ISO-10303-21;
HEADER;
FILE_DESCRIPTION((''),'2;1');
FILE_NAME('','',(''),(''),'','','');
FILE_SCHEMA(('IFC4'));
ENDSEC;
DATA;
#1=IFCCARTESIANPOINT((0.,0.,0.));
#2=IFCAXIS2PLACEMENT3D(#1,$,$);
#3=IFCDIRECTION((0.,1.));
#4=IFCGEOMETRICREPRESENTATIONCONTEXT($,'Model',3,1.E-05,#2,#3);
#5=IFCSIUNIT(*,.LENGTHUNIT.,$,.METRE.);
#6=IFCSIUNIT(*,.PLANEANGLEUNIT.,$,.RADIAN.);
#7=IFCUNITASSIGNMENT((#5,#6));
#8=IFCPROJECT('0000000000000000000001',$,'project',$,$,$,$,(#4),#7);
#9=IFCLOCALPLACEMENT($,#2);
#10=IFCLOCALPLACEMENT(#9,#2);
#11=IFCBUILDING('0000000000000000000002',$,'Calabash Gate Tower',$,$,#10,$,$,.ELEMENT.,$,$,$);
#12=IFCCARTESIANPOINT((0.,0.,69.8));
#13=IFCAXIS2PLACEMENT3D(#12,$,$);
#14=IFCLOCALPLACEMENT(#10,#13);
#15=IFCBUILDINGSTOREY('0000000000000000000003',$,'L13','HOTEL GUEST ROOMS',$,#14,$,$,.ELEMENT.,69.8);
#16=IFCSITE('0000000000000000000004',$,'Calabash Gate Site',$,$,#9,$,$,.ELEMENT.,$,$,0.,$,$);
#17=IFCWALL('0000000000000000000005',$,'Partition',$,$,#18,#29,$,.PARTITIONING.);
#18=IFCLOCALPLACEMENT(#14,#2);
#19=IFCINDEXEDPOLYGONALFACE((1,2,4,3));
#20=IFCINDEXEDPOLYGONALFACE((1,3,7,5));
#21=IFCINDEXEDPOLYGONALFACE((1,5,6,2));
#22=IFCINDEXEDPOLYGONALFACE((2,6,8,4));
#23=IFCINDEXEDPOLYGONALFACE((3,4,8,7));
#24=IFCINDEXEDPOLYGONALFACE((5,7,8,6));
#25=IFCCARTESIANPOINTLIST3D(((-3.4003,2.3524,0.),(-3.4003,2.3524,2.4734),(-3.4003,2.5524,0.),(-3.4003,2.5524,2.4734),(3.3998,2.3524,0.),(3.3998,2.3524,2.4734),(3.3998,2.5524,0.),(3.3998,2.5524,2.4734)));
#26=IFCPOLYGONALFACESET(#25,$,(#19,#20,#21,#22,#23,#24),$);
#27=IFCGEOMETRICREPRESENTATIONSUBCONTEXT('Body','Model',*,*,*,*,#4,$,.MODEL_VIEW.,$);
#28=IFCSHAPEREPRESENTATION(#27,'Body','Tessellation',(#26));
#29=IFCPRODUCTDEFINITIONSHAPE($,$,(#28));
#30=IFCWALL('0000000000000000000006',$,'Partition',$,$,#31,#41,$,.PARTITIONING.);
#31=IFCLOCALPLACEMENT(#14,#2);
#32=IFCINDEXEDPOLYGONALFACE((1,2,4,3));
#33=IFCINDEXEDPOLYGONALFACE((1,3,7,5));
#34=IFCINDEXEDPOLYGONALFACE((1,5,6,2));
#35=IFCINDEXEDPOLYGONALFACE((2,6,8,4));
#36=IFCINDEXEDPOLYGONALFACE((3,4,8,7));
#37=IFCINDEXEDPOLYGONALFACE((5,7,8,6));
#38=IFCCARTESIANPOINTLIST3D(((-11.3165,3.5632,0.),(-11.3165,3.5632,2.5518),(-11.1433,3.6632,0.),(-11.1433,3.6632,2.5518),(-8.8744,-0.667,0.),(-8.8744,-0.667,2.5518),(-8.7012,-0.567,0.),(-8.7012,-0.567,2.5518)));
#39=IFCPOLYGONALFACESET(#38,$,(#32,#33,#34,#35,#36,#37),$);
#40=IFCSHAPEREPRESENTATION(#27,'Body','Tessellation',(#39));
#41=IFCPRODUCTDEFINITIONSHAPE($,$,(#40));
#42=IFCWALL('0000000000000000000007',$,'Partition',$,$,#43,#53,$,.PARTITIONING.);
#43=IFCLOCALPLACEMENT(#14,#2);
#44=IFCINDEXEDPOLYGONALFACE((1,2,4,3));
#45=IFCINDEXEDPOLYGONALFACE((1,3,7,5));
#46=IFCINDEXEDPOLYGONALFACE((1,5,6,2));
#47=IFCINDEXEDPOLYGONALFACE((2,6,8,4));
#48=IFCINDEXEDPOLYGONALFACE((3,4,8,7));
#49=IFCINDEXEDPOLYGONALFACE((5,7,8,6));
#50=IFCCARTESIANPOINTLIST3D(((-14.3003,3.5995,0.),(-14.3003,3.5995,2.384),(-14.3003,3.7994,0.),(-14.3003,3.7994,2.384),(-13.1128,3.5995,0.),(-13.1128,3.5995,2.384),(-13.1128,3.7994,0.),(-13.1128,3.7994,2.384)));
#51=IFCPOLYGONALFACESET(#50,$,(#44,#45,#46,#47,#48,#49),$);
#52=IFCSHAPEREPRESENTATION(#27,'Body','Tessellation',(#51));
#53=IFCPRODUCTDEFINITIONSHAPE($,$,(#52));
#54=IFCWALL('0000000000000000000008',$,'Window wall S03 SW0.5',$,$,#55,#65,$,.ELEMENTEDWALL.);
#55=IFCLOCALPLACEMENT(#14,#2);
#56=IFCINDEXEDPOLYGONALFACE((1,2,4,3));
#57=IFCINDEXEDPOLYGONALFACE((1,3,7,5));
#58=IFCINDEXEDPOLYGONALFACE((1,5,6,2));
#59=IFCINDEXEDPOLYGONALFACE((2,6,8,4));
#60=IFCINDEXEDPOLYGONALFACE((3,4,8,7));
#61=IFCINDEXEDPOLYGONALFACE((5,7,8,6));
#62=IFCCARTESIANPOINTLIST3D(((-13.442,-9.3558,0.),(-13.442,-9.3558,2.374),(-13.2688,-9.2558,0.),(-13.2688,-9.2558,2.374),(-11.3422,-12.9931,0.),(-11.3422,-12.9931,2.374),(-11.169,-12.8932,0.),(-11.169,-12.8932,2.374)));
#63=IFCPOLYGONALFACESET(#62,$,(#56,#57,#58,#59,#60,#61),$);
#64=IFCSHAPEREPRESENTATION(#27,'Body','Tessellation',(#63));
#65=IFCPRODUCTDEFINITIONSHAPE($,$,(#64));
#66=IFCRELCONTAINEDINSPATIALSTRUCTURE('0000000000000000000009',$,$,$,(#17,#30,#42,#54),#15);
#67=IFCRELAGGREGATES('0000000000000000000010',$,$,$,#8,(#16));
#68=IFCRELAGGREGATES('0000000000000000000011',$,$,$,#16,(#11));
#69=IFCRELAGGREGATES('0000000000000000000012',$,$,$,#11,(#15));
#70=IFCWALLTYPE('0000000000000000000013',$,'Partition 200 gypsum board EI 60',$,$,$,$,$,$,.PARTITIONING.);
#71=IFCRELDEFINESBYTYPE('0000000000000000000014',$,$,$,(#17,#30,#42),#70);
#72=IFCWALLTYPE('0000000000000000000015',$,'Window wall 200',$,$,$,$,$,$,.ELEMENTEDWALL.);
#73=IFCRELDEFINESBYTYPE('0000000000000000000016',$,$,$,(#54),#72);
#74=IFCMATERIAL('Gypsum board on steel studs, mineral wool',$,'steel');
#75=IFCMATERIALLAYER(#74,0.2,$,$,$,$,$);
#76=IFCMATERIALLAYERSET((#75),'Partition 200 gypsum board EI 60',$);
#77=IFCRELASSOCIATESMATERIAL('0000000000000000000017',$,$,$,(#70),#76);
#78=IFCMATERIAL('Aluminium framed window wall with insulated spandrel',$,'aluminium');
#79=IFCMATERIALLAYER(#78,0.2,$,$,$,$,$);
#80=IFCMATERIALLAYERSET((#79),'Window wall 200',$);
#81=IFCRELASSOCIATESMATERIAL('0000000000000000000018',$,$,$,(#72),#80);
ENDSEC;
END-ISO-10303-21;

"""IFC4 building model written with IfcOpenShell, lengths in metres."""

from ifc_helpers import new_model, si_unit, direction, frame, frame_2d, origin, place, context, subcontext, project, spatial, rectangle, extrude, material, layer, layer_set, type_object, element, save


model = new_model("IFC4")

# Units and contexts
model_context = context("Model", 3, precision=1e-05, world=origin(), true_north=direction((0.0, 1.0)))
body_context = subcontext(model_context, "Body", "Model", "MODEL_VIEW")
ifc_project = project(units=[si_unit("LENGTHUNIT", "METRE"), si_unit("PLANEANGLEUNIT", "RADIAN")], contexts=[model_context])

# Site, building, storey
site_placement = place(None, origin())
site = spatial("IfcSite", under=ifc_project, at=site_placement, Name="Calabash Gate Site", CompositionType="ELEMENT", RefElevation=0.0)
building_placement = place(site_placement, origin())
building = spatial("IfcBuilding", under=site, at=building_placement, Name="Calabash Gate Tower", CompositionType="ELEMENT")
storey_placement = place(building_placement, frame((0.0, 0.0, 69.8)))
storey = spatial("IfcBuildingStorey", under=building, at=storey_placement, Name="L13", Description="HOTEL GUEST ROOMS", CompositionType="ELEMENT", Elevation=69.8)

# Shared definitions
ifc_material_1 = material(Name="Gypsum board on steel studs, mineral wool", Category="steel")
ifc_layer_1 = layer(ifc_material_1, 0.2)
ifc_layer_set_1 = layer_set([ifc_layer_1], Name="Partition 200 gypsum board EI 60")
wall_type_1 = type_object("IfcWallType", Name="Partition 200 gypsum board EI 60", PredefinedType="PARTITIONING", material=ifc_layer_set_1)

# Walls
wall_1_placement = place(storey_placement, frame((-3.4001, 2.4524, 0.0), z_axis=(0.0, 0.0, 1.0), x_axis=(1.0, 0.0, 0.0)))
element("IfcWall", 1, at=wall_1_placement, inside=storey, type_object=wall_type_1, Name="Partition", PredefinedType="PARTITIONING", context=body_context, shape_type="SweptSolid", body=[
    extrude(rectangle(XDim=6.8, YDim=0.2, at=frame_2d((3.3999, 0.0))), origin(), (0.0, 0.0, 1.0), 2.4734),
])
wall_2_placement = place(storey_placement, frame((-11.23, 3.6133, 0.0), z_axis=(0.0, 0.0, 1.0), x_axis=(0.499972, -0.866042, 0.0)))
element("IfcWall", 2, at=wall_2_placement, inside=storey, type_object=wall_type_1, Name="Partition", PredefinedType="PARTITIONING", context=body_context, shape_type="SweptSolid", body=[
    extrude(rectangle(XDim=4.8845, YDim=0.2, at=frame_2d((2.4424, 0.0))), origin(), (0.0, 0.0, 1.0), 2.5518),
])
wall_3_placement = place(storey_placement, frame((-14.3003, 3.6995, 0.0), z_axis=(0.0, 0.0, 1.0), x_axis=(1.0, 0.0, 0.0)))
element("IfcWall", 3, at=wall_3_placement, inside=storey, type_object=wall_type_1, Name="Partition", PredefinedType="PARTITIONING", context=body_context, shape_type="SweptSolid", body=[
    extrude(rectangle(XDim=1.1875, YDim=0.2, at=frame_2d((0.5938, 0.0))), origin(), (0.0, 0.0, 1.0), 2.384),
])
ifc_material_2 = material(Name="Aluminium framed window wall with insulated spandrel", Category="aluminium")
ifc_layer_2 = layer(ifc_material_2, 0.2)
ifc_layer_set_2 = layer_set([ifc_layer_2], Name="Window wall 200")
wall_type_2 = type_object("IfcWallType", Name="Window wall 200", PredefinedType="ELEMENTEDWALL", material=ifc_layer_set_2)
wall_4_placement = place(storey_placement, frame((-13.3555, -9.3057, 0.0), z_axis=(0.0, 0.0, 1.0), x_axis=(0.499959, -0.866049, 0.0)))
element("IfcWall", 4, at=wall_4_placement, inside=storey, type_object=wall_type_2, Name="Window wall S03 SW0.5", PredefinedType="ELEMENTEDWALL", context=body_context, shape_type="SweptSolid", body=[
    extrude(rectangle(XDim=4.2, YDim=0.2, at=frame_2d((2.1001, 0.0))), origin(), (0.0, 0.0, 1.0), 2.374),
])

save(model, "model.ifc")
